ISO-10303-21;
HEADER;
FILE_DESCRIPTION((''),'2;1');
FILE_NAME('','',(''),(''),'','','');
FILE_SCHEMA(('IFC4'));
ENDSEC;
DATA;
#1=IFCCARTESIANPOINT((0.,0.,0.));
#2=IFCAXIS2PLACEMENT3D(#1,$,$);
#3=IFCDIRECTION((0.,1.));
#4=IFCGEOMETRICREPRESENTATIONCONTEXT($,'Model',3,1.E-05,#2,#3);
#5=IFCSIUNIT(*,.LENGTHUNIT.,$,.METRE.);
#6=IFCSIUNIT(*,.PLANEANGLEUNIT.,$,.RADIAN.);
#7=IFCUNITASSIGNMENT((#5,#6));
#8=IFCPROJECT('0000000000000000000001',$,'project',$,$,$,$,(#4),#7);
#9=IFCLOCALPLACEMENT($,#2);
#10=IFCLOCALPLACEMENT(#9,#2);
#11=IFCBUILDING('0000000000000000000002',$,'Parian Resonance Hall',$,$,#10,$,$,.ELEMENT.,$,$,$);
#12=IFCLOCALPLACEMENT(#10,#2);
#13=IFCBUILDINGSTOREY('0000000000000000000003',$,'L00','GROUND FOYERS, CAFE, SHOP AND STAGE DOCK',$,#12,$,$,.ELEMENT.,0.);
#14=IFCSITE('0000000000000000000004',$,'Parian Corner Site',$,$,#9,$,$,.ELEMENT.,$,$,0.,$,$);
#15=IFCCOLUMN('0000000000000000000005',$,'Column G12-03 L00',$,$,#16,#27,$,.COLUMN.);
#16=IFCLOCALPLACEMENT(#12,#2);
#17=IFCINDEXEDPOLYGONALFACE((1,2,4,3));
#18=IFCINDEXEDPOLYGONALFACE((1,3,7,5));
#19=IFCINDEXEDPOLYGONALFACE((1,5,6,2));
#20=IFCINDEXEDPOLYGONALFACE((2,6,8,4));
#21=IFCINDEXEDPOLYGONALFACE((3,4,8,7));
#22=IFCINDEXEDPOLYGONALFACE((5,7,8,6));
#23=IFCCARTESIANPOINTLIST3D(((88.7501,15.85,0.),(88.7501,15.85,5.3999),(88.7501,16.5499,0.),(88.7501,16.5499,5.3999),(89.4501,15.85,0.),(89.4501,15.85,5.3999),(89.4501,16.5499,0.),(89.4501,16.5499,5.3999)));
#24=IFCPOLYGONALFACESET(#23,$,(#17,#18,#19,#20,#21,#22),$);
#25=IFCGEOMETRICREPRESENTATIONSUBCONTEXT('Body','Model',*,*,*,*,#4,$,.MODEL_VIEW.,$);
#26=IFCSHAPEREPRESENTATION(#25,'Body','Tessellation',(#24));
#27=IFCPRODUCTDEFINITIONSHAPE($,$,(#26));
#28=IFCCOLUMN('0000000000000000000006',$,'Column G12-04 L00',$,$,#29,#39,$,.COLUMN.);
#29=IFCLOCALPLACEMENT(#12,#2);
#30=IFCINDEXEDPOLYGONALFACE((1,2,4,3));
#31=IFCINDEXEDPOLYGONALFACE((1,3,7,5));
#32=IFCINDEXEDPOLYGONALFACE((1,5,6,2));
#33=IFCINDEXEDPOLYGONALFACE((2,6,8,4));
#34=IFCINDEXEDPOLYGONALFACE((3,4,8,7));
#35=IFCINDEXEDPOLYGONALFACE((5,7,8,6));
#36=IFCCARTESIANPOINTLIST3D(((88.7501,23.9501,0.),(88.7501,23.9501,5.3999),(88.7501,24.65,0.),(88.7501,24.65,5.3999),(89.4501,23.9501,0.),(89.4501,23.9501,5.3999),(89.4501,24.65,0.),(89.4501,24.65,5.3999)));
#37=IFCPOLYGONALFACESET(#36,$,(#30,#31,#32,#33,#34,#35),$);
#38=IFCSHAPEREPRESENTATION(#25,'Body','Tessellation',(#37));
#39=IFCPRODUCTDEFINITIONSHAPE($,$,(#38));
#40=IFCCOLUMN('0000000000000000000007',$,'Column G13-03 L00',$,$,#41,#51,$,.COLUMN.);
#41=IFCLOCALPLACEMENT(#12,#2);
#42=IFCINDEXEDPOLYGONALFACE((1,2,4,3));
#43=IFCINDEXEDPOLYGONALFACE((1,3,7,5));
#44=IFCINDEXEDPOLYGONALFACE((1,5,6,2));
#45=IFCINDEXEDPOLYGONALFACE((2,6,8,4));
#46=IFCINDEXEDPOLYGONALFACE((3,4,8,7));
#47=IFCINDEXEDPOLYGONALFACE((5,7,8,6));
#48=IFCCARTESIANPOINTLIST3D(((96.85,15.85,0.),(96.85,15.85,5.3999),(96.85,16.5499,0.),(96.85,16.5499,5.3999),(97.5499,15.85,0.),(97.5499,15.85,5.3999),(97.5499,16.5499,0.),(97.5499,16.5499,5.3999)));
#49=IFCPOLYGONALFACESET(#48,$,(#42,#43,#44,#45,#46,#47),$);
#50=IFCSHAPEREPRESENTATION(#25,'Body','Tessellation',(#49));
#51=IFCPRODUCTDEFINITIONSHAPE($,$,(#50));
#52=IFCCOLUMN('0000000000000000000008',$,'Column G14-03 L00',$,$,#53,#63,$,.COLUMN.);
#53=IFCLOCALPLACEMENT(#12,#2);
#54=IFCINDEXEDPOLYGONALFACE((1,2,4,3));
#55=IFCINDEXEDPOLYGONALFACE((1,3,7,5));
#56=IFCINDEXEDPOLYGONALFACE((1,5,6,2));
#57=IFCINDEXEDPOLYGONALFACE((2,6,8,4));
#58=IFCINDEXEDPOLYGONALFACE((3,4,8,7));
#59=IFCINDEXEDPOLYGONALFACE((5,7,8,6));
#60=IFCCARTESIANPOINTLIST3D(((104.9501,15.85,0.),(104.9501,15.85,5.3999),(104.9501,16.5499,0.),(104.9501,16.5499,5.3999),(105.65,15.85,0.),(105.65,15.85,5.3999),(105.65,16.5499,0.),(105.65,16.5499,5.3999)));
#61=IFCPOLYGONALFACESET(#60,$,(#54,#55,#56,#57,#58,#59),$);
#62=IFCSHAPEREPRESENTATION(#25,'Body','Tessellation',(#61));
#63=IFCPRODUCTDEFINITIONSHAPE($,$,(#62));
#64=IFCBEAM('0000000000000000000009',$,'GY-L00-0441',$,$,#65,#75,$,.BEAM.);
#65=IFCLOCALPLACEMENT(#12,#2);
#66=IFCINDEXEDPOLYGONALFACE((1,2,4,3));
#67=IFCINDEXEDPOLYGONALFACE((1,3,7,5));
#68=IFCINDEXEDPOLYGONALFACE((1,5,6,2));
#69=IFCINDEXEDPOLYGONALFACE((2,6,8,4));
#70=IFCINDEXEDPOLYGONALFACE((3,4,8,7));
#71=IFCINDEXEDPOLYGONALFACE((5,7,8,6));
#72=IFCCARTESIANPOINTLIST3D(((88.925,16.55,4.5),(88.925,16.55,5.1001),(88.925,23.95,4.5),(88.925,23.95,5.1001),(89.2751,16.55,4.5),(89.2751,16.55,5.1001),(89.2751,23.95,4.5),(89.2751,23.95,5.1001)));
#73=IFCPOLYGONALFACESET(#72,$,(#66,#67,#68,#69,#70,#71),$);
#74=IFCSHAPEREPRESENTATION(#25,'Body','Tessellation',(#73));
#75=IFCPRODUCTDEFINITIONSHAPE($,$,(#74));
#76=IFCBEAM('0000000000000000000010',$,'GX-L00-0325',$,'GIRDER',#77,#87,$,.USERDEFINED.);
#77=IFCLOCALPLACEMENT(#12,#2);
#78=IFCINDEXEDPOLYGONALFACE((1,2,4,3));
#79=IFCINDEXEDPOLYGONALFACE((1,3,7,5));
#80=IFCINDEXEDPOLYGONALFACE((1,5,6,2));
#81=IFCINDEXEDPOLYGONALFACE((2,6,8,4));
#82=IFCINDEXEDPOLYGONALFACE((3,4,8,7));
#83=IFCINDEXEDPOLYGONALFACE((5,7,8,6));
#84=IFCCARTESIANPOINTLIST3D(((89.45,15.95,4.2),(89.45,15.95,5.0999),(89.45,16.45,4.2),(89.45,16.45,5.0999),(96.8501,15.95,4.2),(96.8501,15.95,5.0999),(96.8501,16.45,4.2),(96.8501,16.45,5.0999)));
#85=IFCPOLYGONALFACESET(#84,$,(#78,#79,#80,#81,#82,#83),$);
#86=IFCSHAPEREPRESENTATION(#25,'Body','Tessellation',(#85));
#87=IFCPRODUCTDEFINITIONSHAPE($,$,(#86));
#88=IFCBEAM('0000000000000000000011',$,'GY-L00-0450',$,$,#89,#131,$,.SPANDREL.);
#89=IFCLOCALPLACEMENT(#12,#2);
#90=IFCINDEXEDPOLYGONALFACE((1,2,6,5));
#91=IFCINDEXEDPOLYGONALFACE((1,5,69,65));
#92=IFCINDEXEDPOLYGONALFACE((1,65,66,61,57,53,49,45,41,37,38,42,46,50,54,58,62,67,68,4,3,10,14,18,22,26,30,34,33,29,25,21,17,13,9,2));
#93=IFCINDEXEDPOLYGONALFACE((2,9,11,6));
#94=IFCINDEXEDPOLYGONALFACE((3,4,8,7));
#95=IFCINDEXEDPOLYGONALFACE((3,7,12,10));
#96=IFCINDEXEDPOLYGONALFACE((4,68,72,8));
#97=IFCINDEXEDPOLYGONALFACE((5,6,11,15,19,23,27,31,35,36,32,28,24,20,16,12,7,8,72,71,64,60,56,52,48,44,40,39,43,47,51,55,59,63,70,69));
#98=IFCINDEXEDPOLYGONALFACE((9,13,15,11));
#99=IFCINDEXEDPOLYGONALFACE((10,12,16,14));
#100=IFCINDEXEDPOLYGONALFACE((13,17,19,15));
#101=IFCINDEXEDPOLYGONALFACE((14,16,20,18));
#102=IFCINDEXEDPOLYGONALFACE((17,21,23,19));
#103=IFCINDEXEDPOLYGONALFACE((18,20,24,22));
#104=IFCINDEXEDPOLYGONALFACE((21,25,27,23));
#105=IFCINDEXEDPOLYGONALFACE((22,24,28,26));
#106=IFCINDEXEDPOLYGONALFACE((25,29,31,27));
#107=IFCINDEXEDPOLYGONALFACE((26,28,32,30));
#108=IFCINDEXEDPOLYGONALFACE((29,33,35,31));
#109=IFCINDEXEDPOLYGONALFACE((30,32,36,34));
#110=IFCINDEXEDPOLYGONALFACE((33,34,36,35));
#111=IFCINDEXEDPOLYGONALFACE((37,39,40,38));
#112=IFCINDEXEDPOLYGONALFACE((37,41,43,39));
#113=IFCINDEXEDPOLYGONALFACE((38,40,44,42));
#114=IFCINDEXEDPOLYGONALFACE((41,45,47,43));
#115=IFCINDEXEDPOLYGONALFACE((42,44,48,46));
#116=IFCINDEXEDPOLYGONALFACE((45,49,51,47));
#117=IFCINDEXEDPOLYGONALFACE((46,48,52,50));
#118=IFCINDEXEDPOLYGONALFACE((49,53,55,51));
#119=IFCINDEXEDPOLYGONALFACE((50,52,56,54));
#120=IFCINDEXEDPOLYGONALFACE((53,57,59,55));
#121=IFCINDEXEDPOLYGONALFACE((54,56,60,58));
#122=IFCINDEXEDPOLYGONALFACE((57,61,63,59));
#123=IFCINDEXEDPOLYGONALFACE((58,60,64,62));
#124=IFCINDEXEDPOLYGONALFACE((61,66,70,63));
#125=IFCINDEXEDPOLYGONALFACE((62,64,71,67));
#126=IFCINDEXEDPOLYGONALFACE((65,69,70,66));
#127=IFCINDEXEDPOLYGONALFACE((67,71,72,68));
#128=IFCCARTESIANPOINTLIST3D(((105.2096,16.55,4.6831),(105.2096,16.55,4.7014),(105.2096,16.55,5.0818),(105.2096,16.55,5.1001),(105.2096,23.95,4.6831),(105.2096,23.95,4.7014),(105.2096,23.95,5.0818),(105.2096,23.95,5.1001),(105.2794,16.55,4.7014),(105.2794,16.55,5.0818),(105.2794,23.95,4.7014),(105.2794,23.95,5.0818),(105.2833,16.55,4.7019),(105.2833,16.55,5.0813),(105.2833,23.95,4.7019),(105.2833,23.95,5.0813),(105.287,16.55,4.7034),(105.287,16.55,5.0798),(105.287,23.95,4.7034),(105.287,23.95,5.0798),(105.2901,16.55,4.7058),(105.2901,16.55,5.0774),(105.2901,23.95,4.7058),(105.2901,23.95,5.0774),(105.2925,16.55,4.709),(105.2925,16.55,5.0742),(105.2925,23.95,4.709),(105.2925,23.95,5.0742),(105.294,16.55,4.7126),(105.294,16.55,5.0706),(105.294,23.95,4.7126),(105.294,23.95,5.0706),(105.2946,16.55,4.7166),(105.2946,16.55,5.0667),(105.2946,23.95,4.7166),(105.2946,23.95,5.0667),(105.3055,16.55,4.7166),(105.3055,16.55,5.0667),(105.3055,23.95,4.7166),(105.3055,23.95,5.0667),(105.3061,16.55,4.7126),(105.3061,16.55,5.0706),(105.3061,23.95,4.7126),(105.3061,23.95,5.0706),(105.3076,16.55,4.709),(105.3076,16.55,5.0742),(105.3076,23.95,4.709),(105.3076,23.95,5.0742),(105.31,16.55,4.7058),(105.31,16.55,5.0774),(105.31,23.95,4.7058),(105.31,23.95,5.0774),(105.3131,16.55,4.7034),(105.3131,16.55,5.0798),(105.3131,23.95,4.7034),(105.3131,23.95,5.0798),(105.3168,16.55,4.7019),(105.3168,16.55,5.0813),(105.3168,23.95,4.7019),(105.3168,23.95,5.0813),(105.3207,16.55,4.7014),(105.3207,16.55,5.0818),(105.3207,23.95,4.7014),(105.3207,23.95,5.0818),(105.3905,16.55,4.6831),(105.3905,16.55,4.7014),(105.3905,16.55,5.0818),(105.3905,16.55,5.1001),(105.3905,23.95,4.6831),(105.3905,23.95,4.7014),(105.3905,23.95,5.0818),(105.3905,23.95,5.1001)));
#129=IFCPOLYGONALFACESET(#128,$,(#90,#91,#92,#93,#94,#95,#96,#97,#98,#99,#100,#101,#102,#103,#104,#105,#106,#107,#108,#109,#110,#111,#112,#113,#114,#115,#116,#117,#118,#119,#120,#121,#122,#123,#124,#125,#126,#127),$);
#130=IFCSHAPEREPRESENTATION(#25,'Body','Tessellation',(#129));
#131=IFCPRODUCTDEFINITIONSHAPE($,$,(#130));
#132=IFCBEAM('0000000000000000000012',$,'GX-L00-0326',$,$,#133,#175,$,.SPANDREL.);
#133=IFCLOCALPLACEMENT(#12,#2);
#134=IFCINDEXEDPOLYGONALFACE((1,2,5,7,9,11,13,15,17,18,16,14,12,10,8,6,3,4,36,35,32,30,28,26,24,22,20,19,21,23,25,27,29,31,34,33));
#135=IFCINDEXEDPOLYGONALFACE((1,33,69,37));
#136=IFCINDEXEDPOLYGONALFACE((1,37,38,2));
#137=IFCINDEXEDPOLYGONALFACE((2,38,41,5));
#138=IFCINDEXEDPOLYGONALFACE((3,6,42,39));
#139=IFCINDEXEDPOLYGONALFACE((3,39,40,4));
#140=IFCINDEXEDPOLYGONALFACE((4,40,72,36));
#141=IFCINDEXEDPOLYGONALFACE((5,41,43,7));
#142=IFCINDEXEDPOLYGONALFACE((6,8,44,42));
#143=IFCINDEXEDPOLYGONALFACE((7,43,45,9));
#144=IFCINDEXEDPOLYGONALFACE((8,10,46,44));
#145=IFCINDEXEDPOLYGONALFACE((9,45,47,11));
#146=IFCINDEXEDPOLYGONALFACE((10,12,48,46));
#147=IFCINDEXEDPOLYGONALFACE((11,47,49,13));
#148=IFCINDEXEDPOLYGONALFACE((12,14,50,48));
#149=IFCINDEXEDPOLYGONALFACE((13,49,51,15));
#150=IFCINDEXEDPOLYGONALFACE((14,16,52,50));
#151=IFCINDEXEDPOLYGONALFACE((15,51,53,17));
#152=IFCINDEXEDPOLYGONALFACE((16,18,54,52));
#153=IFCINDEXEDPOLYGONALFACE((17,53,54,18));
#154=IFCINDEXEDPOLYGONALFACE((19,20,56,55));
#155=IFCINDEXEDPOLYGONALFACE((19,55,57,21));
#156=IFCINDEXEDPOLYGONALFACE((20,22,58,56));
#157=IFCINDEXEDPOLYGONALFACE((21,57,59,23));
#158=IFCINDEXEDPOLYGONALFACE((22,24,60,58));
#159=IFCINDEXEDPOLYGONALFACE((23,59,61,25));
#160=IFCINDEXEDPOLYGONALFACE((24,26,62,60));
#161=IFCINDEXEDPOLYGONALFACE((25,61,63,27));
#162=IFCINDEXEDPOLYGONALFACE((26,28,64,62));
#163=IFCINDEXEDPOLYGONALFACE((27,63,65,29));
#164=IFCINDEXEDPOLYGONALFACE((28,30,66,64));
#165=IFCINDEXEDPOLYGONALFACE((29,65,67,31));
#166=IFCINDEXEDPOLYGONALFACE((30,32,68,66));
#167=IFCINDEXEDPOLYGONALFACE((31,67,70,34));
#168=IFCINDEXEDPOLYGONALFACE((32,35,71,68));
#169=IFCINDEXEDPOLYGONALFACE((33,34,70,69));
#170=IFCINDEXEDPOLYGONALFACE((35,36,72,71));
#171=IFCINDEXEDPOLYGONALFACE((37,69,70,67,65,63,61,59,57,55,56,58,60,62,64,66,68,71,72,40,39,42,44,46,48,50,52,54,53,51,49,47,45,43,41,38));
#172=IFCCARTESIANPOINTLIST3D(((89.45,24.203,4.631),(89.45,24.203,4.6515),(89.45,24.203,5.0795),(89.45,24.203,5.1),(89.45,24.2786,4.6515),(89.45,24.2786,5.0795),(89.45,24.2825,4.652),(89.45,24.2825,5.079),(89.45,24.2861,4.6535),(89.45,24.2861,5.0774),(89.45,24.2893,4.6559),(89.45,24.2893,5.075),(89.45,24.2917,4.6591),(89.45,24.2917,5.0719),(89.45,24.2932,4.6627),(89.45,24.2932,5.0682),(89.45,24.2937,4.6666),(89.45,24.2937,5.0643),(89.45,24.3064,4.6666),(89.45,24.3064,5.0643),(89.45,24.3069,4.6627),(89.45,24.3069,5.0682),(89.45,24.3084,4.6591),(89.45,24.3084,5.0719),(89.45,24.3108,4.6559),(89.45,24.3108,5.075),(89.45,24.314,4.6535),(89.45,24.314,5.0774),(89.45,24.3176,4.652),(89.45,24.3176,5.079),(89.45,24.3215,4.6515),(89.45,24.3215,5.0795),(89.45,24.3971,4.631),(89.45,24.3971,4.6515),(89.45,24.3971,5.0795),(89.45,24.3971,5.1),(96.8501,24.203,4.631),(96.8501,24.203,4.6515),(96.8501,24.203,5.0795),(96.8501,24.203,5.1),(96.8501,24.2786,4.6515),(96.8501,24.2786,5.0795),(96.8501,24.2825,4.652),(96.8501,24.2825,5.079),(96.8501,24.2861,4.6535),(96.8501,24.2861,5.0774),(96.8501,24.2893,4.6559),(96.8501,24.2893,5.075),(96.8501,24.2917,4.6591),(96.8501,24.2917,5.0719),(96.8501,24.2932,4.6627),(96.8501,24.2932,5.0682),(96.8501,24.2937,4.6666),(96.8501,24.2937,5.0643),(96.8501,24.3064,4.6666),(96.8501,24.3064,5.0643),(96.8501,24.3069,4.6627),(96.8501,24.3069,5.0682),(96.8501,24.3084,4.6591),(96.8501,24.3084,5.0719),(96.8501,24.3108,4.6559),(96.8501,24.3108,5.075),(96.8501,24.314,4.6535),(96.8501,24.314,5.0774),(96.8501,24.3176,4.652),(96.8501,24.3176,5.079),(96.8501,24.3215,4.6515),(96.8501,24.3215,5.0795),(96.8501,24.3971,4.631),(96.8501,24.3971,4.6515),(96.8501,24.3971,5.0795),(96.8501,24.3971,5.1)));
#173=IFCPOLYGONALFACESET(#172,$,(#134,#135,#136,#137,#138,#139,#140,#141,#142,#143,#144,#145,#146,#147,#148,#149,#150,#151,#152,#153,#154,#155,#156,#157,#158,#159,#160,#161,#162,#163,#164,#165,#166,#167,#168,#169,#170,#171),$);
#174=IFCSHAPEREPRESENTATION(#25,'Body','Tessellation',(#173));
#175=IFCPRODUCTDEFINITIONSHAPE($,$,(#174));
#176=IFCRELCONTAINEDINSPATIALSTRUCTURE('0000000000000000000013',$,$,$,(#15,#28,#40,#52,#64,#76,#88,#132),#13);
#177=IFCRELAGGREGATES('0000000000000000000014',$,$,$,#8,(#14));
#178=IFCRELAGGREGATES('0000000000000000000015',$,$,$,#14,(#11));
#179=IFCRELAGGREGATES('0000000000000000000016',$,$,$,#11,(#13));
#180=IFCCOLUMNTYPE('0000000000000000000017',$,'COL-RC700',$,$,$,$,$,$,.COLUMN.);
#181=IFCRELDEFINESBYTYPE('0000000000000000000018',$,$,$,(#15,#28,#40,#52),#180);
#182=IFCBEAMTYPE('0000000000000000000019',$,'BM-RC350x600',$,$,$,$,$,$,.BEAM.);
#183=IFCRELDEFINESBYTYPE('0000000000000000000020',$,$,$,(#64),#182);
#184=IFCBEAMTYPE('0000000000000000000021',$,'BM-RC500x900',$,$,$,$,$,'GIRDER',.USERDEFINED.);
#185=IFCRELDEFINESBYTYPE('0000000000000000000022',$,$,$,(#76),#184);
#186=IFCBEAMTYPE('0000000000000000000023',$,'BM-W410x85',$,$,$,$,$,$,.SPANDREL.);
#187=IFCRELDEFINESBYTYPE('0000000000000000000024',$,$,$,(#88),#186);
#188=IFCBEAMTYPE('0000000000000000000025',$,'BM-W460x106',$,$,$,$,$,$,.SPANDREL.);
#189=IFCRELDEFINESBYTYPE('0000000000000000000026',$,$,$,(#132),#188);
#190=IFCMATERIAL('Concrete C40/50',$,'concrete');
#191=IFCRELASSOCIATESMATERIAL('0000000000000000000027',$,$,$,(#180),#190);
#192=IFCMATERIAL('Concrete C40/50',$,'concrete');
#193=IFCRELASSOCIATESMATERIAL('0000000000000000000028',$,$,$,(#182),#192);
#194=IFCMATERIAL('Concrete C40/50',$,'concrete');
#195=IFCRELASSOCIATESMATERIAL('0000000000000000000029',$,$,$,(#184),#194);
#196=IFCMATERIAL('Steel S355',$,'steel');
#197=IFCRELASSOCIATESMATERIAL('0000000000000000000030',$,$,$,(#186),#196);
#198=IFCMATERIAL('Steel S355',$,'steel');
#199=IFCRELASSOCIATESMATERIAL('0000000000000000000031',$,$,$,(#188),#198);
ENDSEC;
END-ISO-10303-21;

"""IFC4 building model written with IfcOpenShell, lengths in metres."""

from ifc_helpers import new_model, si_unit, direction, frame, origin, origin_2d, place, context, subcontext, project, spatial, rectangle, i_section, extrude, material, material_profile, profile_set, type_object, element, save


model = new_model("IFC4")

# Units and contexts
model_context = context("Model", 3, precision=1e-05, world=origin(), true_north=direction((0.0, 1.0)))
body_context = subcontext(model_context, "Body", "Model", "MODEL_VIEW")
ifc_project = project(units=[si_unit("LENGTHUNIT", "METRE"), si_unit("PLANEANGLEUNIT", "RADIAN")], contexts=[model_context])

# Site, building, storey
site_placement = place(None, origin())
site = spatial("IfcSite", under=ifc_project, at=site_placement, Name="Parian Corner Site", CompositionType="ELEMENT", RefElevation=0.0)
building_placement = place(site_placement, origin())
building = spatial("IfcBuilding", under=site, at=building_placement, Name="Parian Resonance Hall", CompositionType="ELEMENT")
storey_placement = place(building_placement, origin())
storey = spatial("IfcBuildingStorey", under=building, at=storey_placement, Name="L00", Description="GROUND FOYERS, CAFE, SHOP AND STAGE DOCK", CompositionType="ELEMENT", Elevation=0.0)

# Columns
ifc_material_1 = material(Name="Concrete C40/50", Category="concrete")
ifc_material_profile_1 = material_profile(ifc_material_1, rectangle(XDim=0.7, YDim=0.7, at=origin_2d()), Name="RC-COL-700x700")
ifc_profile_set_1 = profile_set([ifc_material_profile_1], Name="Concrete C40/50")
column_type = type_object("IfcColumnType", Name="COL-RC700", PredefinedType="COLUMN", material=ifc_profile_set_1)
for number, where, z_axis, x_axis, name in (
    (1, (89.1001, 16.2, 0.0), (0.0, 0.0, 1.0), (1.0, 0.0, 0.0), "Column G12-03 L00"),
    (2, (89.1001, 24.3, 0.0), (0.0, 0.0, 1.0), (1.0, 0.0, 0.0), "Column G12-04 L00"),
    (3, (97.2, 16.2, 0.0), (0.0, 0.0, 1.0), (1.0, 0.0, 0.0), "Column G13-03 L00"),
    (4, (105.3, 16.2, 0.0), (0.0, 0.0, 1.0), (1.0, 0.0, 0.0), "Column G14-03 L00"),
):
    element("IfcColumn", number, at=place(storey_placement, frame(where, z_axis=z_axis, x_axis=x_axis)), inside=storey, type_object=column_type, Name=name, PredefinedType="COLUMN", context=body_context, shape_type="SweptSolid", body=[
        extrude(rectangle(XDim=0.7, YDim=0.7, at=origin_2d()), origin(), (0.0, 0.0, 1.0), 5.3999),
    ])

# Beams
ifc_material_2 = material(Name="Concrete C40/50", Category="concrete")
ifc_material_profile_2 = material_profile(ifc_material_2, rectangle(XDim=0.3501, YDim=0.6001, at=origin_2d()), Name="RC-BM-350x600")
ifc_profile_set_2 = profile_set([ifc_material_profile_2], Name="Concrete C40/50")
beam_type_1 = type_object("IfcBeamType", Name="BM-RC350x600", PredefinedType="BEAM", material=ifc_profile_set_2)
beam_1_placement = place(storey_placement, frame((89.1001, 16.55, 4.8), z_axis=(0.0, 1.0, 0.0), x_axis=(-1.0, 0.0, 0.0)))
element("IfcBeam", 5, at=beam_1_placement, inside=storey, type_object=beam_type_1, Name="GY-L00-0441", PredefinedType="BEAM", context=body_context, shape_type="SweptSolid", body=[
    extrude(rectangle(XDim=0.3501, YDim=0.6001, at=origin_2d()), origin(), (0.0, 0.0, 1.0), 7.3999),
])
ifc_material_3 = material(Name="Concrete C40/50", Category="concrete")
ifc_material_profile_3 = material_profile(ifc_material_3, rectangle(XDim=0.5, YDim=0.8999, at=origin_2d()), Name="RC-BM-500x900")
ifc_profile_set_3 = profile_set([ifc_material_profile_3], Name="Concrete C40/50")
beam_type_2 = type_object("IfcBeamType", Name="BM-RC500x900", ElementType="GIRDER", PredefinedType="USERDEFINED", material=ifc_profile_set_3)
beam_2_placement = place(storey_placement, frame((89.45, 16.2, 4.6499), z_axis=(1.0, 0.0, 0.0), x_axis=(0.0, 1.0, 0.0)))
element("IfcBeam", 6, at=beam_2_placement, inside=storey, type_object=beam_type_2, Name="GX-L00-0325", ObjectType="GIRDER", PredefinedType="USERDEFINED", context=body_context, shape_type="SweptSolid", body=[
    extrude(rectangle(XDim=0.5, YDim=0.8999, at=origin_2d()), origin(), (0.0, 0.0, 1.0), 7.4001),
])
ifc_material_4 = material(Name="Steel S355", Category="steel")
ifc_material_profile_4 = material_profile(ifc_material_4, i_section(OverallWidth=0.1809, OverallDepth=0.417, WebThickness=0.011, FlangeThickness=0.0183, FilletRadius=0.0151, at=origin_2d()), Name="W410x85")
ifc_profile_set_4 = profile_set([ifc_material_profile_4], Name="Steel S355")
beam_type_3 = type_object("IfcBeamType", Name="BM-W410x85", PredefinedType="SPANDREL", material=ifc_profile_set_4)
beam_3_placement = place(storey_placement, frame((105.3, 16.55, 4.8916), z_axis=(0.0, 1.0, 0.0), x_axis=(-1.0, 0.0, 0.0)))
element("IfcBeam", 7, at=beam_3_placement, inside=storey, type_object=beam_type_3, Name="GY-L00-0450", PredefinedType="SPANDREL", context=body_context, shape_type="SweptSolid", body=[
    extrude(i_section(OverallWidth=0.1809, OverallDepth=0.417, WebThickness=0.011, FlangeThickness=0.0183, FilletRadius=0.0151, at=origin_2d()), origin(), (0.0, 0.0, 1.0), 7.3999),
])
ifc_material_5 = material(Name="Steel S355", Category="steel")
ifc_material_profile_5 = material_profile(ifc_material_5, i_section(OverallWidth=0.1941, OverallDepth=0.469, WebThickness=0.0127, FlangeThickness=0.0205, FilletRadius=0.0151, at=origin_2d()), Name="W460x106")
ifc_profile_set_5 = profile_set([ifc_material_profile_5], Name="Steel S355")
beam_type_4 = type_object("IfcBeamType", Name="BM-W460x106", PredefinedType="SPANDREL", material=ifc_profile_set_5)
beam_4_placement = place(storey_placement, frame((89.45, 24.3, 4.8655), z_axis=(1.0, 0.0, 0.0), x_axis=(0.0, 1.0, 0.0)))
element("IfcBeam", 8, at=beam_4_placement, inside=storey, type_object=beam_type_4, Name="GX-L00-0326", PredefinedType="SPANDREL", context=body_context, shape_type="SweptSolid", body=[
    extrude(i_section(OverallWidth=0.1941, OverallDepth=0.469, WebThickness=0.0127, FlangeThickness=0.0205, FilletRadius=0.0151, at=origin_2d()), origin(), (0.0, 0.0, 1.0), 7.4001),
])

save(model, "model.ifc")
